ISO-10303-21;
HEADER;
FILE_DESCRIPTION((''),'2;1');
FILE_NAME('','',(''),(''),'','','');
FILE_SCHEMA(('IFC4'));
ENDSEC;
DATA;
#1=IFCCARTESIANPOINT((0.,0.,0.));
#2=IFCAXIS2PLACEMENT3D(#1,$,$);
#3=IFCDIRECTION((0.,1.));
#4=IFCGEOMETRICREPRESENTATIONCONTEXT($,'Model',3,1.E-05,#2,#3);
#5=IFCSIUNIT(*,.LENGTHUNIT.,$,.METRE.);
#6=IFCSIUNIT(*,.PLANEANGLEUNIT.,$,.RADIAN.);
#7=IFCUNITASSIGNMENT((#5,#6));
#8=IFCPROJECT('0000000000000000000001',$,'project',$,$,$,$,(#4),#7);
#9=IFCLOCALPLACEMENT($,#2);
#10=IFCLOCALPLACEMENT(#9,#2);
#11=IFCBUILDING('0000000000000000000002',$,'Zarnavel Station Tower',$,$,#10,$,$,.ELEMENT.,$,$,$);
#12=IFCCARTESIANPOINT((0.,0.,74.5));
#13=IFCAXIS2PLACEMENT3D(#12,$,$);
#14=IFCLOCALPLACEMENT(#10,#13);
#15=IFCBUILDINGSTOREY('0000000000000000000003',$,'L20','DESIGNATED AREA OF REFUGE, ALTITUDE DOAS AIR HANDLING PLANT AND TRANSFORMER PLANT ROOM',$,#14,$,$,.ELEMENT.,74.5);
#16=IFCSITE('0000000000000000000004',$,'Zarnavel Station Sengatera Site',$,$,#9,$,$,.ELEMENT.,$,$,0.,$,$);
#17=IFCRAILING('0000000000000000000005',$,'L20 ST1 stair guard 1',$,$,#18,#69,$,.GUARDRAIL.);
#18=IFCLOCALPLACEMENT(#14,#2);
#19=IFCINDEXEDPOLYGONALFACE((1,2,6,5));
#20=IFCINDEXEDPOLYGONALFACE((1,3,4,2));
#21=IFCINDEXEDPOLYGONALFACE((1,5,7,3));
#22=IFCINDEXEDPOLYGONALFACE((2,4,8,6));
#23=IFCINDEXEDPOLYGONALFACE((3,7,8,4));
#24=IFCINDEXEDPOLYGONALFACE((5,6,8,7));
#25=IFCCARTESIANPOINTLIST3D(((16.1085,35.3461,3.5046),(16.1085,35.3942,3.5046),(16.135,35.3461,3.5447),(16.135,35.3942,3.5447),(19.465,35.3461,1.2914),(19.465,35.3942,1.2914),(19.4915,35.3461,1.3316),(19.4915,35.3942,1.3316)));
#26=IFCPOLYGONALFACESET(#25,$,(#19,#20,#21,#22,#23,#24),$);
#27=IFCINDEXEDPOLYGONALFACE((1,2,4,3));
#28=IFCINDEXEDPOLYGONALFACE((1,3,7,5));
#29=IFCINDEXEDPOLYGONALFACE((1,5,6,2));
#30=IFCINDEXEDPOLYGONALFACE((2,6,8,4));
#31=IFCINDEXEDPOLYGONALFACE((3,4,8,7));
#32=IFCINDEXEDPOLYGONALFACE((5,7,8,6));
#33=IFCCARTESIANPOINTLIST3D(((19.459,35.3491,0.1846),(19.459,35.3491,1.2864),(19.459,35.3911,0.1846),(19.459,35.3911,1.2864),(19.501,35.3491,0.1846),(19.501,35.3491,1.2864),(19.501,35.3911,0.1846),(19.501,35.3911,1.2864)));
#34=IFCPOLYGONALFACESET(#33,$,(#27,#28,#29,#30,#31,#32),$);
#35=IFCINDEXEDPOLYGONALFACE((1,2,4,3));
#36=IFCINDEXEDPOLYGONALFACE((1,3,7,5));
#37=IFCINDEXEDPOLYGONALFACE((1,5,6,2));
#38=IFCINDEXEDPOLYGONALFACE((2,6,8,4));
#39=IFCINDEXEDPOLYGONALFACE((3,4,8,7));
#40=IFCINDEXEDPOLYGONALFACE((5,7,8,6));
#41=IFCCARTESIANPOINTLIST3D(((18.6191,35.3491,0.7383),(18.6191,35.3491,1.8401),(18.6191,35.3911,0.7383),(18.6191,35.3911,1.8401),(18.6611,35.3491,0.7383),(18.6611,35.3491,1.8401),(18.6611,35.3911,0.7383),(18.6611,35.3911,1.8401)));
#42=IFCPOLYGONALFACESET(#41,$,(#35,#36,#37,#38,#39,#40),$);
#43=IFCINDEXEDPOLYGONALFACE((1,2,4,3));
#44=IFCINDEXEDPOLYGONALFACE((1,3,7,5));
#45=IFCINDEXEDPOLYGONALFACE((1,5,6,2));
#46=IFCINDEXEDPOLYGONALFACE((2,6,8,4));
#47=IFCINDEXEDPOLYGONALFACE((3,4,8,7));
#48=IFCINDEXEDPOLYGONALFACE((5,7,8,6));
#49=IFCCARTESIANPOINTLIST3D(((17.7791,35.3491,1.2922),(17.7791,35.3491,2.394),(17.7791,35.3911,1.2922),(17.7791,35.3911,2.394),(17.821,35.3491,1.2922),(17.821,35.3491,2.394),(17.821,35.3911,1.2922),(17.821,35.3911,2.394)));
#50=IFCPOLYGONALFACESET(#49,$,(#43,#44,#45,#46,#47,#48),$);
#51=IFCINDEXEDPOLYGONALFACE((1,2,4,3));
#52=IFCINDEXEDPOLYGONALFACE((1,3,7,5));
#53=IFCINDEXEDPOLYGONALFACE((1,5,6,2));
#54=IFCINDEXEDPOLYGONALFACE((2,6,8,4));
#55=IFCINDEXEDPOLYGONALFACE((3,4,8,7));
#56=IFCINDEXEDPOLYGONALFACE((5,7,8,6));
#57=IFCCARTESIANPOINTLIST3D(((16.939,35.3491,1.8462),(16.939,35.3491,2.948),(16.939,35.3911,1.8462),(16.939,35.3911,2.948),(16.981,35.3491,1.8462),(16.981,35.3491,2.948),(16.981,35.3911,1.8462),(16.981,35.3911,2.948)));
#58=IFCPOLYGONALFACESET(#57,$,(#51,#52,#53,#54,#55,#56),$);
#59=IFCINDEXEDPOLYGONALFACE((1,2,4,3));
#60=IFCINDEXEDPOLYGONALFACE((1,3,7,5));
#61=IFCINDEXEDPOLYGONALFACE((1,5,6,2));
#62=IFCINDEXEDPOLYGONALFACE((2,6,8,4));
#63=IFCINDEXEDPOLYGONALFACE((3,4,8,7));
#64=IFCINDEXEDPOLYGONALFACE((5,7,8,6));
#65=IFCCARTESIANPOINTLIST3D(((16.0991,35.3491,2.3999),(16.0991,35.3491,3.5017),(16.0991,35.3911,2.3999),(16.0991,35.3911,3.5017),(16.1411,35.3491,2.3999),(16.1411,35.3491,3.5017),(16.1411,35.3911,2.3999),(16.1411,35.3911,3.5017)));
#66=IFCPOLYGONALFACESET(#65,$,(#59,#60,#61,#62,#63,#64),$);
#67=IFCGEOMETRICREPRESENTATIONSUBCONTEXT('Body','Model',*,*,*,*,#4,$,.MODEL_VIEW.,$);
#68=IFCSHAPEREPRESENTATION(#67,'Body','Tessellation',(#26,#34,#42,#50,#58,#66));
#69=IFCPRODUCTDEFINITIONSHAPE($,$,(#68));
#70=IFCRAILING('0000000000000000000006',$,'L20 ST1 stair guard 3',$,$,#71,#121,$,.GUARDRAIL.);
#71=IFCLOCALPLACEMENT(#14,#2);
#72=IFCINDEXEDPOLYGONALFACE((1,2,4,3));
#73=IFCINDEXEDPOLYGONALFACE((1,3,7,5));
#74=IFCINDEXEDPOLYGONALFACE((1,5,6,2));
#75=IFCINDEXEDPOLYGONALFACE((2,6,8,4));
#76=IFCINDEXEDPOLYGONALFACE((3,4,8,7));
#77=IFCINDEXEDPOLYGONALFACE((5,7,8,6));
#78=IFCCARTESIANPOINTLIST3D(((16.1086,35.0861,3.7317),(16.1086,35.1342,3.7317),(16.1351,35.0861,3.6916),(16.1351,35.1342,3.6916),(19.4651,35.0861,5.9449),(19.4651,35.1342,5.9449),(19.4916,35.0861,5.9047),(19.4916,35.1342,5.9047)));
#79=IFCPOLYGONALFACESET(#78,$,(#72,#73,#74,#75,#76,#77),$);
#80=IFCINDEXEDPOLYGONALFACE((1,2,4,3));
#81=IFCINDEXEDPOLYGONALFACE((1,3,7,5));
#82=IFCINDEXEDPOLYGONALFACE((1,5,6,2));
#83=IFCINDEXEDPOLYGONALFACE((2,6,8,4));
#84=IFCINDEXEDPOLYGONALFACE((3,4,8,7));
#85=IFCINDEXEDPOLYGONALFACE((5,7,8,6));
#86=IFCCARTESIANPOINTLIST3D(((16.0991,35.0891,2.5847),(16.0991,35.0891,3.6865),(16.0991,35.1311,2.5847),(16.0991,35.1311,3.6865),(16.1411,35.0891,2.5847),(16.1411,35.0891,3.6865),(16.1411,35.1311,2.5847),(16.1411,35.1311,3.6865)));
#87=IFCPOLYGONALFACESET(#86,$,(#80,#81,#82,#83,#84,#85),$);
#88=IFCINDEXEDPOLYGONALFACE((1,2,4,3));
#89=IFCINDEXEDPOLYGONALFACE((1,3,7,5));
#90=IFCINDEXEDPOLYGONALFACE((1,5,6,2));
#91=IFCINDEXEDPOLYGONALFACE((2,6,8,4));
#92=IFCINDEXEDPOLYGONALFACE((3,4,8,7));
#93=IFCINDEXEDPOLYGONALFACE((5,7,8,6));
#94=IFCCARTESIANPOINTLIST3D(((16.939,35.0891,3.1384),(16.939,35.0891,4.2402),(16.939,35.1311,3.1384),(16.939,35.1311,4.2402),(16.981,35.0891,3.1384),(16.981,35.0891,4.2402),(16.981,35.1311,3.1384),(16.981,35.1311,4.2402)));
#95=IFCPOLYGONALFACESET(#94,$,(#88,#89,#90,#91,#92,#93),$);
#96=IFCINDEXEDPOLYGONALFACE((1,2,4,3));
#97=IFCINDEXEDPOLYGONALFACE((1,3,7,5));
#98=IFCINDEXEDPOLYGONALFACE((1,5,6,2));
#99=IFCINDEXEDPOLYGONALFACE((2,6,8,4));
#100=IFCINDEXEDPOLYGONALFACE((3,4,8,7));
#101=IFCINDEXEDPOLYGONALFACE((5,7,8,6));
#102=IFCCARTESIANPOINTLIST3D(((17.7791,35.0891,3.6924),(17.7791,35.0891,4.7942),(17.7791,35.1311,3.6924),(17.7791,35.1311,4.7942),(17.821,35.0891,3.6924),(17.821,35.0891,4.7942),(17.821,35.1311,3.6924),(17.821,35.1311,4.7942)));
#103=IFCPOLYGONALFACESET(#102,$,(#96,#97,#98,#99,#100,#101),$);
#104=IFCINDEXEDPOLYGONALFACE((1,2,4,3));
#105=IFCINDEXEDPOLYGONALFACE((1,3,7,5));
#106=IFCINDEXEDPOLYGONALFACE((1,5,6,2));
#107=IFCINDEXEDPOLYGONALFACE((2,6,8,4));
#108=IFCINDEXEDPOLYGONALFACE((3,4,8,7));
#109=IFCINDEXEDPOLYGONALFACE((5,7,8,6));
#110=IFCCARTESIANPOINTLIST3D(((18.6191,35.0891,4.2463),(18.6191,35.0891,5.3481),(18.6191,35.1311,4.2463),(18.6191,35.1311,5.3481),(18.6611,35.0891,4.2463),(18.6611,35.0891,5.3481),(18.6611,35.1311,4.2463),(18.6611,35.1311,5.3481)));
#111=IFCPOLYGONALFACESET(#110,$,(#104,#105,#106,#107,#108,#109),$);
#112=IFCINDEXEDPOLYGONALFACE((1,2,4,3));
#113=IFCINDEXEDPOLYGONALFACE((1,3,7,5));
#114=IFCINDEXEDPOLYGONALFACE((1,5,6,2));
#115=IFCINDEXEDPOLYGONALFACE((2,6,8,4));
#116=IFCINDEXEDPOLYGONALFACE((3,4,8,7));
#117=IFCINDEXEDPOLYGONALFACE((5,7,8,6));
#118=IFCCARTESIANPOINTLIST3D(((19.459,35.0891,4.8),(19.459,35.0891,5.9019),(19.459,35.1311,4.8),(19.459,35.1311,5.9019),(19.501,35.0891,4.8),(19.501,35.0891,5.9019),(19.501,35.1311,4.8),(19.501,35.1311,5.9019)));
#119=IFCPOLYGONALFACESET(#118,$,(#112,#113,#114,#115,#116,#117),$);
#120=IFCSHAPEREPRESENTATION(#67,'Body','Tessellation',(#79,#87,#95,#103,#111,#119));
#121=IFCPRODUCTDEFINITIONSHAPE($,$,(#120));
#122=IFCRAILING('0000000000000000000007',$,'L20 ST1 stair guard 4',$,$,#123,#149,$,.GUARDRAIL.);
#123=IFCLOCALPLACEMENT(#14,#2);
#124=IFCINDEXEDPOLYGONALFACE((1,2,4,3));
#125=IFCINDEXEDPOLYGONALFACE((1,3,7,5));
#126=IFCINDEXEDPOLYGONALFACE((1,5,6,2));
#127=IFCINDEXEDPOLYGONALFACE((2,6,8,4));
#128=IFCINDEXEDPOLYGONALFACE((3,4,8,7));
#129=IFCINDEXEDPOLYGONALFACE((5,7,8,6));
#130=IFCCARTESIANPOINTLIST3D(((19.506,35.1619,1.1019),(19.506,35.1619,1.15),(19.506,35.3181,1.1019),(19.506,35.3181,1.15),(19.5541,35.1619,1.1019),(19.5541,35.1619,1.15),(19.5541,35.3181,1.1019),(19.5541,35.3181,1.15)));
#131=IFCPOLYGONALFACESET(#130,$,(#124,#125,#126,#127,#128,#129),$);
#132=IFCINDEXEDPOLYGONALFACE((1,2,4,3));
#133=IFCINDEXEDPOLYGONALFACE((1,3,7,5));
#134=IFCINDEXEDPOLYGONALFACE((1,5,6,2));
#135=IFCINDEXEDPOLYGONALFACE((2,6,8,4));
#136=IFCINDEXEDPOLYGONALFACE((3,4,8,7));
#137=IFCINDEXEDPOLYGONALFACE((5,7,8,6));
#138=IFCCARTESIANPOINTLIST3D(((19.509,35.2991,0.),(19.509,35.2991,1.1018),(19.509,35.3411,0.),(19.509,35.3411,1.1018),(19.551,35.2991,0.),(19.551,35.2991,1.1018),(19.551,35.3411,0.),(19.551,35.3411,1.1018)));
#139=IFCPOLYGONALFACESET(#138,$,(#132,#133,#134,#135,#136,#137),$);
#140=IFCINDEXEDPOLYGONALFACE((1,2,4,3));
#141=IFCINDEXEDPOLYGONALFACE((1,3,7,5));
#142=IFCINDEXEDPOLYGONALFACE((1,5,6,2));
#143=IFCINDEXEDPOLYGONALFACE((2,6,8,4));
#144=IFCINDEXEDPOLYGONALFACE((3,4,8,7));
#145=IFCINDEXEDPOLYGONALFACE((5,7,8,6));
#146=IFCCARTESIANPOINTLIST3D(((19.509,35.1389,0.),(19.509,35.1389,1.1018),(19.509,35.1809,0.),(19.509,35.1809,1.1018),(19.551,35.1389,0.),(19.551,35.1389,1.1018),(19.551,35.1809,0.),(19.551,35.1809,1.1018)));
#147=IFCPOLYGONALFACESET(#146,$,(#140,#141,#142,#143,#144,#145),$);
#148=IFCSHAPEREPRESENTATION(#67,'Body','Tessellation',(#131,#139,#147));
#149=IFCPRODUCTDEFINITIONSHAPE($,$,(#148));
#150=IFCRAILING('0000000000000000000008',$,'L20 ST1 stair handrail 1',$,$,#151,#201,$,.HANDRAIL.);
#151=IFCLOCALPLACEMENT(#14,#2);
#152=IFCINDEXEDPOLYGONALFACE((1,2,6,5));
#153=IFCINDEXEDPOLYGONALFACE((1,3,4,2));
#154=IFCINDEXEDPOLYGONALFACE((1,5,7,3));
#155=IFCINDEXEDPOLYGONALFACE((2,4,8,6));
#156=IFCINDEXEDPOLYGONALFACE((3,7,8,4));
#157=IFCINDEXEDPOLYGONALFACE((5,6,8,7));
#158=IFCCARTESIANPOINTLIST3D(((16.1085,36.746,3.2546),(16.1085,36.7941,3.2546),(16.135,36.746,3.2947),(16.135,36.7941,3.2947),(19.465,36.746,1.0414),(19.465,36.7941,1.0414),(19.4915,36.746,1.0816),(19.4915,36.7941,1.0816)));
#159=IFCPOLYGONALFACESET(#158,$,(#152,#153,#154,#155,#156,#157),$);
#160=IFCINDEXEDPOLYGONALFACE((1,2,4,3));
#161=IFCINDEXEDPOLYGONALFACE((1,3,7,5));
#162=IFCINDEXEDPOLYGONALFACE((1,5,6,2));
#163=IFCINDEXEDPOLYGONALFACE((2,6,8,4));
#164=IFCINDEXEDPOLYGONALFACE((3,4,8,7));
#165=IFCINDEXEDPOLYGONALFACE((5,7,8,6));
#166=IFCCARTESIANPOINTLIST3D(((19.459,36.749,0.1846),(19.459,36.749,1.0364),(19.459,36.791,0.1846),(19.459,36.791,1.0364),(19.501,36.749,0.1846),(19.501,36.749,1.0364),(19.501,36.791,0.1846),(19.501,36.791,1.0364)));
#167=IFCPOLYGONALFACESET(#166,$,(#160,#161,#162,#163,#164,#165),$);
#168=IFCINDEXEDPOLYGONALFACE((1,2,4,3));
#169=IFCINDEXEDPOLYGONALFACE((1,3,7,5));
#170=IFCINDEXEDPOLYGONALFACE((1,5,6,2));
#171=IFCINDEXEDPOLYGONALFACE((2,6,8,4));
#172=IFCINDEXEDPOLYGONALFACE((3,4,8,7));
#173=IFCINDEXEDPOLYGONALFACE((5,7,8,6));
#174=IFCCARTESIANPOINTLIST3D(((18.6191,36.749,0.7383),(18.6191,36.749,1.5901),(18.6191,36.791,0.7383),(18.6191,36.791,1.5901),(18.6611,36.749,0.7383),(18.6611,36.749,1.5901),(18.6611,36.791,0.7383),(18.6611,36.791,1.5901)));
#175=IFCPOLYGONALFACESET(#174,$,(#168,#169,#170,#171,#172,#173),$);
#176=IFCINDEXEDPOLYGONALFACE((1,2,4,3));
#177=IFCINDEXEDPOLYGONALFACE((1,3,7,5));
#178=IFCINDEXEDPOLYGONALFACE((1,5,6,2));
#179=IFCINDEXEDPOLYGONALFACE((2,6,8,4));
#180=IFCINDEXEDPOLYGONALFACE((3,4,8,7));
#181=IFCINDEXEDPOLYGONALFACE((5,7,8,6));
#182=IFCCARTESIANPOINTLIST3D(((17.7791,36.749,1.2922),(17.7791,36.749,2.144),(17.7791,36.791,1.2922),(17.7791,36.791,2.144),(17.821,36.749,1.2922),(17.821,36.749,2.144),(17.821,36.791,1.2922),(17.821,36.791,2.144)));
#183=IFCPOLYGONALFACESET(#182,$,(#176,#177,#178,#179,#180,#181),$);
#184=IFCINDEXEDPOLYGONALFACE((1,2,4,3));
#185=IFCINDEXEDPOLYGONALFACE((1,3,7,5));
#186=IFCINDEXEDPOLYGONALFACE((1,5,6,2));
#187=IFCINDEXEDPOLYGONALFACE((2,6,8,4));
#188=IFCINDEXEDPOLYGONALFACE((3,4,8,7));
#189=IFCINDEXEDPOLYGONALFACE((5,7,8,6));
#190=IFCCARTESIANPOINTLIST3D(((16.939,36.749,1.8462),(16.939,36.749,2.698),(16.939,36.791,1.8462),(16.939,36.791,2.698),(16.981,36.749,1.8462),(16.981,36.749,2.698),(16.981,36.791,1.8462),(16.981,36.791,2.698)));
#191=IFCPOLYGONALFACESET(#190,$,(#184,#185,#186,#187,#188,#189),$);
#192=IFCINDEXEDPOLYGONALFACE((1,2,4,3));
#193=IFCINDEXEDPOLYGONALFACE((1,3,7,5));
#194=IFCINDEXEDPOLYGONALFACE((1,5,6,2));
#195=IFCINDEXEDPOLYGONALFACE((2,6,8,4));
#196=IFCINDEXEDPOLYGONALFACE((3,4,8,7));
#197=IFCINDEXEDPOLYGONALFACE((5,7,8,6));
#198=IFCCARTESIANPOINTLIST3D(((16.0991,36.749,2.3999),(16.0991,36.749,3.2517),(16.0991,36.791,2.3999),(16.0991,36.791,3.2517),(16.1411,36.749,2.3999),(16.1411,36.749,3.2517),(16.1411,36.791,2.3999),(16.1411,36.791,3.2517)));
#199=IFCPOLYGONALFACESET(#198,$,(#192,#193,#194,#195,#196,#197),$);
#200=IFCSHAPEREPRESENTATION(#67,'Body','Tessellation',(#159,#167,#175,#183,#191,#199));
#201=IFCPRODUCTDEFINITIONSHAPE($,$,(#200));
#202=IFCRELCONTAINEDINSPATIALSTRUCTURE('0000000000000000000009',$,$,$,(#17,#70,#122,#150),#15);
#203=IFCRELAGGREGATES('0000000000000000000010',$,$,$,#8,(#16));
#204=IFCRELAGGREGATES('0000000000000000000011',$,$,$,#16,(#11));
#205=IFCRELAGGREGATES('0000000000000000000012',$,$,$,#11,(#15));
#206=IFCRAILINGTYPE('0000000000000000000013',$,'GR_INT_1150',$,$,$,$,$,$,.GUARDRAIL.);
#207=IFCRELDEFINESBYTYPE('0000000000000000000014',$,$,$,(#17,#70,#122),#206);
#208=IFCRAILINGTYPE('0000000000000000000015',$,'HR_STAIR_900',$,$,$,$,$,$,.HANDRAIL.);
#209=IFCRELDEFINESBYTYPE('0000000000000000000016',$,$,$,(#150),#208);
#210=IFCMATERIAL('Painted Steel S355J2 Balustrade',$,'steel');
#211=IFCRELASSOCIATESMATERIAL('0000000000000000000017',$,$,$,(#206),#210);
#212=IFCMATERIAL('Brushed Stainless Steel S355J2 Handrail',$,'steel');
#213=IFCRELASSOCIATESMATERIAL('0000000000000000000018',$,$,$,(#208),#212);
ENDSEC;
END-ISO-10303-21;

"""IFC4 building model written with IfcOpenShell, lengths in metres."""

from ifc_helpers import new_model, si_unit, direction, frame, origin, origin_2d, place, context, subcontext, project, spatial, rectangle, extrude, material, type_object, element, save


model = new_model("IFC4")

# Units and contexts
model_context = context("Model", 3, precision=1e-05, world=origin(), true_north=direction((0.0, 1.0)))
body_context = subcontext(model_context, "Body", "Model", "MODEL_VIEW")
ifc_project = project(units=[si_unit("LENGTHUNIT", "METRE"), si_unit("PLANEANGLEUNIT", "RADIAN")], contexts=[model_context])

# Site, building, storey
site_placement = place(None, origin())
site = spatial("IfcSite", under=ifc_project, at=site_placement, Name="Zarnavel Station Sengatera Site", CompositionType="ELEMENT", RefElevation=0.0)
building_placement = place(site_placement, origin())
building = spatial("IfcBuilding", under=site, at=building_placement, Name="Zarnavel Station Tower", CompositionType="ELEMENT")
storey_placement = place(building_placement, frame((0.0, 0.0, 74.5)))
storey = spatial("IfcBuildingStorey", under=building, at=storey_placement, Name="L20", Description="DESIGNATED AREA OF REFUGE, ALTITUDE DOAS AIR HANDLING PLANT AND TRANSFORMER PLANT ROOM", CompositionType="ELEMENT", Elevation=74.5)

# Railings
ifc_material_1 = material(Name="Painted Steel S355J2 Balustrade", Category="steel")
railing_type_1 = type_object("IfcRailingType", Name="GR_INT_1150", PredefinedType="GUARDRAIL", material=ifc_material_1)
railing_1_placement = place(storey_placement, frame((19.48, 35.3701, 0.1846)))
element("IfcRailing", 1, at=railing_1_placement, inside=storey, type_object=railing_type_1, Name="L20 ST1 stair guard 1", PredefinedType="GUARDRAIL", context=body_context, shape_type="SweptSolid", body=[
    extrude(rectangle(XDim=0.0481, YDim=0.0481, at=origin_2d()), frame((-0.0017, 0.0, 1.127), z_axis=(-0.834858, 0.0, 0.550465), x_axis=(0.0, -1.0, 0.0)), (0.0, 0.0, 1.0), 4.0205),
    extrude(rectangle(XDim=0.042, YDim=0.042, at=origin_2d()), origin(), (0.0, 0.0, 1.0), 1.1018),
    extrude(rectangle(XDim=0.042, YDim=0.042, at=origin_2d()), frame((-0.8398, 0.0, 0.5537)), (0.0, 0.0, 1.0), 1.1018),
    extrude(rectangle(XDim=0.042, YDim=0.042, at=origin_2d()), frame((-1.6799, 0.0, 1.1077)), (0.0, 0.0, 1.0), 1.1018),
    extrude(rectangle(XDim=0.042, YDim=0.042, at=origin_2d()), frame((-2.52, 0.0, 1.6616)), (0.0, 0.0, 1.0), 1.1018),
    extrude(rectangle(XDim=0.042, YDim=0.042, at=origin_2d()), frame((-3.3599, 0.0, 2.2153)), (0.0, 0.0, 1.0), 1.1018),
])
railing_2_placement = place(storey_placement, frame((16.1201, 35.1101, 2.5847)))
element("IfcRailing", 2, at=railing_2_placement, inside=storey, type_object=railing_type_1, Name="L20 ST1 stair guard 3", PredefinedType="GUARDRAIL", context=body_context, shape_type="SweptSolid", body=[
    extrude(rectangle(XDim=0.0481, YDim=0.0481, at=origin_2d()), frame((0.0017, 0.0, 1.127), z_axis=(0.834858, 0.0, 0.550465), x_axis=(0.0, 1.0, 0.0)), (0.0, 0.0, 1.0), 4.0205),
    extrude(rectangle(XDim=0.042, YDim=0.042, at=origin_2d()), origin(), (0.0, 0.0, 1.0), 1.1018),
    extrude(rectangle(XDim=0.042, YDim=0.042, at=origin_2d()), frame((0.8398, 0.0, 0.5537)), (0.0, 0.0, 1.0), 1.1018),
    extrude(rectangle(XDim=0.042, YDim=0.042, at=origin_2d()), frame((1.6799, 0.0, 1.1077)), (0.0, 0.0, 1.0), 1.1018),
    extrude(rectangle(XDim=0.042, YDim=0.042, at=origin_2d()), frame((2.52, 0.0, 1.6616)), (0.0, 0.0, 1.0), 1.1018),
    extrude(rectangle(XDim=0.042, YDim=0.042, at=origin_2d()), frame((3.3599, 0.0, 2.2153)), (0.0, 0.0, 1.0), 1.1018),
])
railing_3_placement = place(storey_placement, frame((19.53, 35.3201, 0.0)))
element("IfcRailing", 3, at=railing_3_placement, inside=storey, type_object=railing_type_1, Name="L20 ST1 stair guard 4", PredefinedType="GUARDRAIL", context=body_context, shape_type="SweptSolid", body=[
    extrude(rectangle(XDim=0.0481, YDim=0.0481, at=origin_2d()), frame((0.0, -0.002, 1.126), z_axis=(0.0, -1.0, 0.0), x_axis=(1.0, 0.0, 0.0)), (0.0, 0.0, 1.0), 0.1562),
    extrude(rectangle(XDim=0.042, YDim=0.042, at=origin_2d()), origin(), (0.0, 0.0, 1.0), 1.1018),
    extrude(rectangle(XDim=0.042, YDim=0.042, at=origin_2d()), frame((0.0, -0.1602, 0.0)), (0.0, 0.0, 1.0), 1.1018),
])
ifc_material_2 = material(Name="Brushed Stainless Steel S355J2 Handrail", Category="steel")
railing_type_2 = type_object("IfcRailingType", Name="HR_STAIR_900", PredefinedType="HANDRAIL", material=ifc_material_2)
railing_4_placement = place(storey_placement, frame((19.48, 36.77, 0.1846)))
element("IfcRailing", 4, at=railing_4_placement, inside=storey, type_object=railing_type_2, Name="L20 ST1 stair handrail 1", PredefinedType="HANDRAIL", context=body_context, shape_type="SweptSolid", body=[
    extrude(rectangle(XDim=0.0481, YDim=0.0481, at=origin_2d()), frame((-0.0017, 0.0, 0.877), z_axis=(-0.834858, 0.0, 0.550465), x_axis=(0.0, -1.0, 0.0)), (0.0, 0.0, 1.0), 4.0205),
    extrude(rectangle(XDim=0.042, YDim=0.042, at=origin_2d()), origin(), (0.0, 0.0, 1.0), 0.8518),
    extrude(rectangle(XDim=0.042, YDim=0.042, at=origin_2d()), frame((-0.8398, 0.0, 0.5537)), (0.0, 0.0, 1.0), 0.8518),
    extrude(rectangle(XDim=0.042, YDim=0.042, at=origin_2d()), frame((-1.6799, 0.0, 1.1077)), (0.0, 0.0, 1.0), 0.8518),
    extrude(rectangle(XDim=0.042, YDim=0.042, at=origin_2d()), frame((-2.52, 0.0, 1.6616)), (0.0, 0.0, 1.0), 0.8518),
    extrude(rectangle(XDim=0.042, YDim=0.042, at=origin_2d()), frame((-3.3599, 0.0, 2.2153)), (0.0, 0.0, 1.0), 0.8518),
])

save(model, "model.ifc")
